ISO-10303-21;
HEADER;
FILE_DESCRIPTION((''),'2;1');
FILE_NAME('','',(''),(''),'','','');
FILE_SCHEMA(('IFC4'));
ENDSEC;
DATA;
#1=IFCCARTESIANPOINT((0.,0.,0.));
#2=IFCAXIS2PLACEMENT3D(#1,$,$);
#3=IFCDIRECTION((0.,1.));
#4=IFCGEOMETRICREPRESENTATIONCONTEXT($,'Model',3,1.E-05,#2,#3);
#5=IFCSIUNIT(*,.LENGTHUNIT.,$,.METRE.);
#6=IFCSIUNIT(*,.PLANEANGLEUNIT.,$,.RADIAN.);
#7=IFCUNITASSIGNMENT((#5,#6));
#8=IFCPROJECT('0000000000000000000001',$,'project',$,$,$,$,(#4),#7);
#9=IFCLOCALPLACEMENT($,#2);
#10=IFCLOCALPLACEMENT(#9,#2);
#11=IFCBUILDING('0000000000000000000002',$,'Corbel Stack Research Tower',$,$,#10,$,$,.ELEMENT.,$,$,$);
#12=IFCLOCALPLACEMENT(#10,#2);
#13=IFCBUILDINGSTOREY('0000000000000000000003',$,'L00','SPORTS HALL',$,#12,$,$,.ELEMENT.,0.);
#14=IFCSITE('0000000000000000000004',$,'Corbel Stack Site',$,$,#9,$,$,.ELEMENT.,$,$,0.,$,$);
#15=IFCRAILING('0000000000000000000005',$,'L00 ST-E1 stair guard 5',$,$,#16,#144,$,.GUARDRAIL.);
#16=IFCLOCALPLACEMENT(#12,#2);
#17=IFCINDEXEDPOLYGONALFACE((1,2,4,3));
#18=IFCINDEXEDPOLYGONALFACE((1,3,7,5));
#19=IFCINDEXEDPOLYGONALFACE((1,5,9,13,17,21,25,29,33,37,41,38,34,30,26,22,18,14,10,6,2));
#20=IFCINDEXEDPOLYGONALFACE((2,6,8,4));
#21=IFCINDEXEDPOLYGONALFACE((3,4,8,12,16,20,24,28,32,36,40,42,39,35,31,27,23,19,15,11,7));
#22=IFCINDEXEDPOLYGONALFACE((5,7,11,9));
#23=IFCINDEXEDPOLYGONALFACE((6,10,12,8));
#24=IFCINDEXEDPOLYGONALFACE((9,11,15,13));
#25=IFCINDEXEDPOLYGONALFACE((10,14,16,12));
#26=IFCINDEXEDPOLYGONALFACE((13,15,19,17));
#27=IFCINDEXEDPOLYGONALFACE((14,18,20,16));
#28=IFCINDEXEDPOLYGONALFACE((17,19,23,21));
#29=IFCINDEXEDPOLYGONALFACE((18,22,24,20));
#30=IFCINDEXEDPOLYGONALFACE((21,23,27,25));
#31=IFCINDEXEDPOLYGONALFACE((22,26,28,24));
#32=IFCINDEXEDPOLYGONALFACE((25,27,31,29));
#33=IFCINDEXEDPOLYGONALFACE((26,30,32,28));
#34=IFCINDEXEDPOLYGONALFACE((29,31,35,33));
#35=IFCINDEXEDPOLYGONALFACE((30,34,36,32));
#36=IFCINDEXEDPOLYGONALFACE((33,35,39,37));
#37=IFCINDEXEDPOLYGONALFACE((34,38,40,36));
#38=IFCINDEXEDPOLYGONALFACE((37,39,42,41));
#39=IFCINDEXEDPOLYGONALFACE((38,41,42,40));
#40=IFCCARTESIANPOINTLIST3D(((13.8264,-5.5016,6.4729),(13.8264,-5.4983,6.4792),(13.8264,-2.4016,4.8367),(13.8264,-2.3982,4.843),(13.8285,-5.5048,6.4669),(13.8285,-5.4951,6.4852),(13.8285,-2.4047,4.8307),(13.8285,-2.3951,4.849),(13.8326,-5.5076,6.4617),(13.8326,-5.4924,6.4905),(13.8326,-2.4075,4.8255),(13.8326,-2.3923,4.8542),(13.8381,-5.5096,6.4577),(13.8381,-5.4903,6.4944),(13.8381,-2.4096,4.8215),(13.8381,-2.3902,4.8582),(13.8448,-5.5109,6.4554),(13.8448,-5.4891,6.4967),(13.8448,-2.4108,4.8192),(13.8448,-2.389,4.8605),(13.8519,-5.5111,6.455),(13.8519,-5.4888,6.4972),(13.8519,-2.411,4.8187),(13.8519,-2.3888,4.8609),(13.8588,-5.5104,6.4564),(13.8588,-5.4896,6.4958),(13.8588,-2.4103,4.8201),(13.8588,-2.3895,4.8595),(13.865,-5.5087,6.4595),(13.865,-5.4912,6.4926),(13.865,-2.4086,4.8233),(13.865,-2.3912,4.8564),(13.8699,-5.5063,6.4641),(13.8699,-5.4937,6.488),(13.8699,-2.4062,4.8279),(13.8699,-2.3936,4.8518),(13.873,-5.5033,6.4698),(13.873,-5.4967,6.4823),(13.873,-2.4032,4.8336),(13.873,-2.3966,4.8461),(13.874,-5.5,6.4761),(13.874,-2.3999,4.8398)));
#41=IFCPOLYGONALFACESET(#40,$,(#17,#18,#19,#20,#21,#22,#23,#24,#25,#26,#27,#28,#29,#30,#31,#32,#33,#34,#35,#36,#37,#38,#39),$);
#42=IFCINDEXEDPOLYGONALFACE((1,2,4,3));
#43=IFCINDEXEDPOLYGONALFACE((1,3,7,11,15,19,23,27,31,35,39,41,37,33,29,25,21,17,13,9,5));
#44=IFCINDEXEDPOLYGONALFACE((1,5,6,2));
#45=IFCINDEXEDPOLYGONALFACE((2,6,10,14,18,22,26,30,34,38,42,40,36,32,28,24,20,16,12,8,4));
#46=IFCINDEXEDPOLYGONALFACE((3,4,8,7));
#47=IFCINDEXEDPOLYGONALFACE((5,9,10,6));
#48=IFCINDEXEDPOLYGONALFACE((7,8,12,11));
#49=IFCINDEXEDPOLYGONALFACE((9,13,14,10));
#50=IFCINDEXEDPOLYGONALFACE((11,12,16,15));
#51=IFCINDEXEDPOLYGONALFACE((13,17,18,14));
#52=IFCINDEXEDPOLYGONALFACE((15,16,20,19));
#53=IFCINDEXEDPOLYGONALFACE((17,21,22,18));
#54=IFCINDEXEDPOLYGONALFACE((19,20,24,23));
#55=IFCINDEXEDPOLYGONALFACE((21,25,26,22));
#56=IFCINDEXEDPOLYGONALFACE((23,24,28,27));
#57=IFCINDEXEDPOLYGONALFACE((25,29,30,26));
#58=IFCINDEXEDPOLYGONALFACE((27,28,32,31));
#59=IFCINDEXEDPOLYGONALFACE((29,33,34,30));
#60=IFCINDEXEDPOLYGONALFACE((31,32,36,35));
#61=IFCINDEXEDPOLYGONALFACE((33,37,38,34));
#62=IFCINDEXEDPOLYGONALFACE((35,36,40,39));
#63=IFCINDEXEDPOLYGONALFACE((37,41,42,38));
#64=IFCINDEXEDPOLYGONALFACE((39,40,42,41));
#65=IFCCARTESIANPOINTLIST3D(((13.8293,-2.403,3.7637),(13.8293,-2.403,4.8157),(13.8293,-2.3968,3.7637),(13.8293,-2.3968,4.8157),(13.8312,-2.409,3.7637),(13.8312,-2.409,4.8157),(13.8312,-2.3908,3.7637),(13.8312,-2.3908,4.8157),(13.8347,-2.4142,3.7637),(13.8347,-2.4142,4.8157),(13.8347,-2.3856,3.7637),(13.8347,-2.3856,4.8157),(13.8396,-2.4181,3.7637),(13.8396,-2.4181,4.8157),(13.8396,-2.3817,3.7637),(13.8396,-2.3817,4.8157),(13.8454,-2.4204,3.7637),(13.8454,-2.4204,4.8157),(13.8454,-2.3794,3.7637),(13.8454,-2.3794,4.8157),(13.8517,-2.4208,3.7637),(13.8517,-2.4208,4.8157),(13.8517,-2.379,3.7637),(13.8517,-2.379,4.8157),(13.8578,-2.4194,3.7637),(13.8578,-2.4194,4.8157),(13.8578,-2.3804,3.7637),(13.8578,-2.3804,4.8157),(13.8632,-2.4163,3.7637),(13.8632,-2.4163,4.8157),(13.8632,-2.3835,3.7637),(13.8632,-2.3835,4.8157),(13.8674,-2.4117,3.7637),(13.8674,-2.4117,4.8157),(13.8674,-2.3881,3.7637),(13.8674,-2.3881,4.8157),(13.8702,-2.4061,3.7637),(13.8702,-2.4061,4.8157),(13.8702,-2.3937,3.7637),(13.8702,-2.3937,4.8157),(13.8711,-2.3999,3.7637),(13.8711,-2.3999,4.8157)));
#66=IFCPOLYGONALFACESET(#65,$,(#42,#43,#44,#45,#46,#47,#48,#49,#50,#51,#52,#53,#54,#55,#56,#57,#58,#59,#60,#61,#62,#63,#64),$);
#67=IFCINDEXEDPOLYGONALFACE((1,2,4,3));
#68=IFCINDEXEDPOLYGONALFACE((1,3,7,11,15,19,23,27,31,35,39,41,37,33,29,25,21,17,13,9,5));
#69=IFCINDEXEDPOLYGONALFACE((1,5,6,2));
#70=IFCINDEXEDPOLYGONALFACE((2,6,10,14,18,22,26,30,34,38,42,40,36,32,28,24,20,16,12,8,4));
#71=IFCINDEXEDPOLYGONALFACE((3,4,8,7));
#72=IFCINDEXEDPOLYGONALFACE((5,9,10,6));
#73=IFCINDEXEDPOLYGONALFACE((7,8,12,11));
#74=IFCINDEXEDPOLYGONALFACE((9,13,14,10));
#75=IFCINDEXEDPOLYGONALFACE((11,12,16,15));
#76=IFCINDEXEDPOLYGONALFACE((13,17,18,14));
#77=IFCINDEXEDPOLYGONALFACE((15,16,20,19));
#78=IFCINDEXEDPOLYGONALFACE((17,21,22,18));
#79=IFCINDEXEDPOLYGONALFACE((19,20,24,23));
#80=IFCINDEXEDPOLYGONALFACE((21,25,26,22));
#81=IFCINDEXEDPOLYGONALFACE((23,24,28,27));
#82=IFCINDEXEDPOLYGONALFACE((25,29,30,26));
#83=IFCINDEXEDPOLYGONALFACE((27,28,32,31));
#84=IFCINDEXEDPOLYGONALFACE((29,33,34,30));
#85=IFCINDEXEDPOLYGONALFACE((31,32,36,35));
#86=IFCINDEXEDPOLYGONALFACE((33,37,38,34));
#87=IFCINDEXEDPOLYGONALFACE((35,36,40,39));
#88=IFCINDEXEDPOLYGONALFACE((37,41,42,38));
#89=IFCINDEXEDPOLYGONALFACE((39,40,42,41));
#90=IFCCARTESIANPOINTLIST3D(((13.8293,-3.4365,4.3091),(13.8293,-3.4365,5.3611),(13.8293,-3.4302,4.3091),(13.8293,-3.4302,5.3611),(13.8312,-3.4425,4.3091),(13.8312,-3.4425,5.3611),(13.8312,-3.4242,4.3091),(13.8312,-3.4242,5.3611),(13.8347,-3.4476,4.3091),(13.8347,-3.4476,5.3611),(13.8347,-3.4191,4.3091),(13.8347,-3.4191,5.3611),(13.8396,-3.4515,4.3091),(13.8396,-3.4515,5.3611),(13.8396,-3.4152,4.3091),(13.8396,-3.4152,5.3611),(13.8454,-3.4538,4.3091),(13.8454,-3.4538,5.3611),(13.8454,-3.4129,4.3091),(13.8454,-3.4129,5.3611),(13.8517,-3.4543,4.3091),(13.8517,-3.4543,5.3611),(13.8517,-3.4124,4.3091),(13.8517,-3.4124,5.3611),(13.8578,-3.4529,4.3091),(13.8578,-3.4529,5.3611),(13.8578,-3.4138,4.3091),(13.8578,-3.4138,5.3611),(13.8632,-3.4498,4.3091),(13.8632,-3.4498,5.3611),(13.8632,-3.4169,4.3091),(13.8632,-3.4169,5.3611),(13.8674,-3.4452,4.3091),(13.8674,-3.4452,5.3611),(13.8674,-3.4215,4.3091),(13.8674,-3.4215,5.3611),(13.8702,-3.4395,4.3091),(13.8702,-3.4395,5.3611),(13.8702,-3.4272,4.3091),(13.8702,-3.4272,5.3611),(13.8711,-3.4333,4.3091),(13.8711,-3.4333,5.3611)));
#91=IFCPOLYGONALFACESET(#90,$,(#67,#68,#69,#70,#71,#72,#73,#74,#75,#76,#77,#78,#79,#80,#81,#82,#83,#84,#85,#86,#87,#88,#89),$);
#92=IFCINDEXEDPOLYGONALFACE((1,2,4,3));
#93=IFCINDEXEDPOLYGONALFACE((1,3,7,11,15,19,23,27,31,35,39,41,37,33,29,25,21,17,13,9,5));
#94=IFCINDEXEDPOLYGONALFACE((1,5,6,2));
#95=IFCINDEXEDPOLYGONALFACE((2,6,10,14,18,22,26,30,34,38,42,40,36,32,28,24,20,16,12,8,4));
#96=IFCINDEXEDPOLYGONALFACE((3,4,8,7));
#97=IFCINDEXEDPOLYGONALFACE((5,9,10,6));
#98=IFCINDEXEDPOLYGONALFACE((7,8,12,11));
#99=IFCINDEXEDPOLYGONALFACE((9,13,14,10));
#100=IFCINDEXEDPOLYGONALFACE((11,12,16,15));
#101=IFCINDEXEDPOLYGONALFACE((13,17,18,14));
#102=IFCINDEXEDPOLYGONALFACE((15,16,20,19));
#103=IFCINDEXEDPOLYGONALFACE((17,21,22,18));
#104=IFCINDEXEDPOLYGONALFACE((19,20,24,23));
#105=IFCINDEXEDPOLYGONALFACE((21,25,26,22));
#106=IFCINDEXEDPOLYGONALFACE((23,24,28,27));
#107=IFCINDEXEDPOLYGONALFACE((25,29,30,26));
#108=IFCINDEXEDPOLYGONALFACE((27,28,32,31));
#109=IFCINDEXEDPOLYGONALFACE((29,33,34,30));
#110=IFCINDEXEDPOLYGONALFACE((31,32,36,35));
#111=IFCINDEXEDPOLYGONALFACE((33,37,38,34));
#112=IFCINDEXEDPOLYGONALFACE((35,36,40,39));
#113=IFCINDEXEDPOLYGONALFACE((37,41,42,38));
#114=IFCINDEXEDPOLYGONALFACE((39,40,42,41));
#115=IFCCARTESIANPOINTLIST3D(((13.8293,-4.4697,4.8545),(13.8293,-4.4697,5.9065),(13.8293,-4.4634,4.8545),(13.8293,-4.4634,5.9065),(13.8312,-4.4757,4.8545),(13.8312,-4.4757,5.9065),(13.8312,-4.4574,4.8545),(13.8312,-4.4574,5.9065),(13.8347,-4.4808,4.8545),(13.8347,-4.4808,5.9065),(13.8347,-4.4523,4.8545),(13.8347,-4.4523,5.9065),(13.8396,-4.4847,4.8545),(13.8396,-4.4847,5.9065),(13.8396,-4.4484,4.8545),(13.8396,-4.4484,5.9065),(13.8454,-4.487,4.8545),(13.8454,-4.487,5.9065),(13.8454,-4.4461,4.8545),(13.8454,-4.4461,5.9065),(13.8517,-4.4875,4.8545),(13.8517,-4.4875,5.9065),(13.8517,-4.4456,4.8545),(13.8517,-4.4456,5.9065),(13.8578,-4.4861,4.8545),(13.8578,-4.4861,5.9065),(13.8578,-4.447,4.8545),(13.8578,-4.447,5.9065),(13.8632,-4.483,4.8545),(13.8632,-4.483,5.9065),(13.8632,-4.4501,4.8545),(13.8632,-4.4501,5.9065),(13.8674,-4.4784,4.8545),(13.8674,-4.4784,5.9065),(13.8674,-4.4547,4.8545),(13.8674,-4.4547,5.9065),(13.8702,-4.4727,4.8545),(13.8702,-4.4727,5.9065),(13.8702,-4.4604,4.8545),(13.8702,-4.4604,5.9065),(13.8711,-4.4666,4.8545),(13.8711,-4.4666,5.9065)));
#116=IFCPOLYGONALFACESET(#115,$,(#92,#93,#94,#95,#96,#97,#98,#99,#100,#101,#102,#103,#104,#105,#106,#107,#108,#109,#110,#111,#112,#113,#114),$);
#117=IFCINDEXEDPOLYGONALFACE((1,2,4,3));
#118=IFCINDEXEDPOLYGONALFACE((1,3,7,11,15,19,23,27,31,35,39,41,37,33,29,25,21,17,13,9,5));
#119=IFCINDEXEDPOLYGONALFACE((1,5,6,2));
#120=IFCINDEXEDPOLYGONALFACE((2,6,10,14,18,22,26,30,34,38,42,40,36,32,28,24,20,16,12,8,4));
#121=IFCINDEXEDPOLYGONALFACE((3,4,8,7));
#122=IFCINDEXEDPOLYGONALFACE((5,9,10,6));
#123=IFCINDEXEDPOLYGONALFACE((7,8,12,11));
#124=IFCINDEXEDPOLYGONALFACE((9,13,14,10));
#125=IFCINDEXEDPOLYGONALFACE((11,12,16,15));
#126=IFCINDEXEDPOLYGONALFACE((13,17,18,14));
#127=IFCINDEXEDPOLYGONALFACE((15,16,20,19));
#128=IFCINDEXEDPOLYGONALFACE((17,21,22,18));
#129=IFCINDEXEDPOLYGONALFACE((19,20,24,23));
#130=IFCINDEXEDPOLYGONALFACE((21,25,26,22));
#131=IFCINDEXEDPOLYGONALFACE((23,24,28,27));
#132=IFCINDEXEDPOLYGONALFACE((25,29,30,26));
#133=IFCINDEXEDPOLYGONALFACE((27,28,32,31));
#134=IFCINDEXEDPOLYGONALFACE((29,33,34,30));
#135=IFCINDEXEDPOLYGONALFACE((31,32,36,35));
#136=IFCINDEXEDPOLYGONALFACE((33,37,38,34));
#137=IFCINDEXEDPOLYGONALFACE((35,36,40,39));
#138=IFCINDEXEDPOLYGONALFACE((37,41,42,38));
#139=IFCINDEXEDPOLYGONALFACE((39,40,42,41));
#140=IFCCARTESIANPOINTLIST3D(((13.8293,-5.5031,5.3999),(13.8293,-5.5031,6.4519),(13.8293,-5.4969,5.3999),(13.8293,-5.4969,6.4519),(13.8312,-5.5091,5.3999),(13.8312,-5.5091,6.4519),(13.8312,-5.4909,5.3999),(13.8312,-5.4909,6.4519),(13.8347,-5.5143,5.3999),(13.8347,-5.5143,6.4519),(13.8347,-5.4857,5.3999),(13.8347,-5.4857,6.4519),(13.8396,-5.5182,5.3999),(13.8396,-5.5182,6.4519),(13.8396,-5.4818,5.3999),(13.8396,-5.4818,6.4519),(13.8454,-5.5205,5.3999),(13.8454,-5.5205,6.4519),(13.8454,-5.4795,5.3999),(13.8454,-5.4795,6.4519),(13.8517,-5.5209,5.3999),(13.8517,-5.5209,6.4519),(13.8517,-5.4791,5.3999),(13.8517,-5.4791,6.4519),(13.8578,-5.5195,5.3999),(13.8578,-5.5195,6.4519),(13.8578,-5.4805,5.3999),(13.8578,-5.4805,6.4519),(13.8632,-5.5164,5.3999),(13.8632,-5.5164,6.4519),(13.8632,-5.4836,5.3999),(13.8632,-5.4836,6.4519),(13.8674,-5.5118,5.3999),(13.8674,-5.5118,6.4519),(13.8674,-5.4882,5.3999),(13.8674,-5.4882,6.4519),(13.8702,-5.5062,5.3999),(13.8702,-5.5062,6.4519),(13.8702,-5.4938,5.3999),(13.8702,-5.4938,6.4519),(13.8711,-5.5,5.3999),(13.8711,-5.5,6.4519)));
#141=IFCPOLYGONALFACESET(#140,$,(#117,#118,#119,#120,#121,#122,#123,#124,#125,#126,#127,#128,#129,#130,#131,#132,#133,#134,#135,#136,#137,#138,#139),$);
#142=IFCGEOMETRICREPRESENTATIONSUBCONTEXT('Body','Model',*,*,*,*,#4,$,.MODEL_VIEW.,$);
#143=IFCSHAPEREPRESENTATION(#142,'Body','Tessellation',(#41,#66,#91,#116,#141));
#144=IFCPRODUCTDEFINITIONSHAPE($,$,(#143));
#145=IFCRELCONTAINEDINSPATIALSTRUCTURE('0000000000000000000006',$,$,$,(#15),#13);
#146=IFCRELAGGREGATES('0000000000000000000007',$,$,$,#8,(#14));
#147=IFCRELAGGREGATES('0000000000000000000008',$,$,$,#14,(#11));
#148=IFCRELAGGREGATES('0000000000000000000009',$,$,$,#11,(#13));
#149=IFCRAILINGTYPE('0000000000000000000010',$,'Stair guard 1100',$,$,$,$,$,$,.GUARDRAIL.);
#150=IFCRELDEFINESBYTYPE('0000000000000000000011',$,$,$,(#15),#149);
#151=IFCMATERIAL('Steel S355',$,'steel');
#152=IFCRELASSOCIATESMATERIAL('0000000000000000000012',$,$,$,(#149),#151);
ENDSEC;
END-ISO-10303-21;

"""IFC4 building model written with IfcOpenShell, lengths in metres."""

from ifc_helpers import new_model, si_unit, direction, frame, origin, origin_2d, place, context, subcontext, project, spatial, circle, extrude, material, type_object, element, save


model = new_model("IFC4")

# Units and contexts
model_context = context("Model", 3, precision=1e-05, world=origin(), true_north=direction((0.0, 1.0)))
body_context = subcontext(model_context, "Body", "Model", "MODEL_VIEW")
ifc_project = project(units=[si_unit("LENGTHUNIT", "METRE"), si_unit("PLANEANGLEUNIT", "RADIAN")], contexts=[model_context])

# Site, building, storey
site_placement = place(None, origin())
site = spatial("IfcSite", under=ifc_project, at=site_placement, Name="Corbel Stack Site", CompositionType="ELEMENT", RefElevation=0.0)
building_placement = place(site_placement, origin())
building = spatial("IfcBuilding", under=site, at=building_placement, Name="Corbel Stack Research Tower", CompositionType="ELEMENT")
storey_placement = place(building_placement, origin())
storey = spatial("IfcBuildingStorey", under=building, at=storey_placement, Name="L00", Description="SPORTS HALL", CompositionType="ELEMENT", Elevation=0.0)

# Railing
ifc_material_1 = material(Name="Steel S355", Category="steel")
railing_type_1 = type_object("IfcRailingType", Name="Stair guard 1100", PredefinedType="GUARDRAIL", material=ifc_material_1)
railing_1_placement = place(storey_placement, frame((13.8501, -2.3999, 3.7637)))
element("IfcRailing", 1, at=railing_1_placement, inside=storey, type_object=railing_type_1, Name="L00 ST-E1 stair guard 5", PredefinedType="GUARDRAIL", context=body_context, shape_type="SweptSolid", body=[
    extrude(circle(Radius=0.0239, at=origin_2d()), frame((0.0, 0.0, 1.0762), z_axis=(0.0, -0.884377, 0.466774), x_axis=(1.0, 0.0, 0.0)), (0.0, 0.0, 1.0), 3.5054),
    extrude(circle(Radius=0.021, at=origin_2d()), origin(), (0.0, 0.0, 1.0), 1.052),
    extrude(circle(Radius=0.021, at=origin_2d()), frame((0.0, -1.0334, 0.5454)), (0.0, 0.0, 1.0), 1.052),
    extrude(circle(Radius=0.021, at=origin_2d()), frame((0.0, -2.0667, 1.0908)), (0.0, 0.0, 1.0), 1.052),
    extrude(circle(Radius=0.021, at=origin_2d()), frame((0.0, -3.1001, 1.6362)), (0.0, 0.0, 1.0), 1.052),
])

save(model, "model.ifc")
